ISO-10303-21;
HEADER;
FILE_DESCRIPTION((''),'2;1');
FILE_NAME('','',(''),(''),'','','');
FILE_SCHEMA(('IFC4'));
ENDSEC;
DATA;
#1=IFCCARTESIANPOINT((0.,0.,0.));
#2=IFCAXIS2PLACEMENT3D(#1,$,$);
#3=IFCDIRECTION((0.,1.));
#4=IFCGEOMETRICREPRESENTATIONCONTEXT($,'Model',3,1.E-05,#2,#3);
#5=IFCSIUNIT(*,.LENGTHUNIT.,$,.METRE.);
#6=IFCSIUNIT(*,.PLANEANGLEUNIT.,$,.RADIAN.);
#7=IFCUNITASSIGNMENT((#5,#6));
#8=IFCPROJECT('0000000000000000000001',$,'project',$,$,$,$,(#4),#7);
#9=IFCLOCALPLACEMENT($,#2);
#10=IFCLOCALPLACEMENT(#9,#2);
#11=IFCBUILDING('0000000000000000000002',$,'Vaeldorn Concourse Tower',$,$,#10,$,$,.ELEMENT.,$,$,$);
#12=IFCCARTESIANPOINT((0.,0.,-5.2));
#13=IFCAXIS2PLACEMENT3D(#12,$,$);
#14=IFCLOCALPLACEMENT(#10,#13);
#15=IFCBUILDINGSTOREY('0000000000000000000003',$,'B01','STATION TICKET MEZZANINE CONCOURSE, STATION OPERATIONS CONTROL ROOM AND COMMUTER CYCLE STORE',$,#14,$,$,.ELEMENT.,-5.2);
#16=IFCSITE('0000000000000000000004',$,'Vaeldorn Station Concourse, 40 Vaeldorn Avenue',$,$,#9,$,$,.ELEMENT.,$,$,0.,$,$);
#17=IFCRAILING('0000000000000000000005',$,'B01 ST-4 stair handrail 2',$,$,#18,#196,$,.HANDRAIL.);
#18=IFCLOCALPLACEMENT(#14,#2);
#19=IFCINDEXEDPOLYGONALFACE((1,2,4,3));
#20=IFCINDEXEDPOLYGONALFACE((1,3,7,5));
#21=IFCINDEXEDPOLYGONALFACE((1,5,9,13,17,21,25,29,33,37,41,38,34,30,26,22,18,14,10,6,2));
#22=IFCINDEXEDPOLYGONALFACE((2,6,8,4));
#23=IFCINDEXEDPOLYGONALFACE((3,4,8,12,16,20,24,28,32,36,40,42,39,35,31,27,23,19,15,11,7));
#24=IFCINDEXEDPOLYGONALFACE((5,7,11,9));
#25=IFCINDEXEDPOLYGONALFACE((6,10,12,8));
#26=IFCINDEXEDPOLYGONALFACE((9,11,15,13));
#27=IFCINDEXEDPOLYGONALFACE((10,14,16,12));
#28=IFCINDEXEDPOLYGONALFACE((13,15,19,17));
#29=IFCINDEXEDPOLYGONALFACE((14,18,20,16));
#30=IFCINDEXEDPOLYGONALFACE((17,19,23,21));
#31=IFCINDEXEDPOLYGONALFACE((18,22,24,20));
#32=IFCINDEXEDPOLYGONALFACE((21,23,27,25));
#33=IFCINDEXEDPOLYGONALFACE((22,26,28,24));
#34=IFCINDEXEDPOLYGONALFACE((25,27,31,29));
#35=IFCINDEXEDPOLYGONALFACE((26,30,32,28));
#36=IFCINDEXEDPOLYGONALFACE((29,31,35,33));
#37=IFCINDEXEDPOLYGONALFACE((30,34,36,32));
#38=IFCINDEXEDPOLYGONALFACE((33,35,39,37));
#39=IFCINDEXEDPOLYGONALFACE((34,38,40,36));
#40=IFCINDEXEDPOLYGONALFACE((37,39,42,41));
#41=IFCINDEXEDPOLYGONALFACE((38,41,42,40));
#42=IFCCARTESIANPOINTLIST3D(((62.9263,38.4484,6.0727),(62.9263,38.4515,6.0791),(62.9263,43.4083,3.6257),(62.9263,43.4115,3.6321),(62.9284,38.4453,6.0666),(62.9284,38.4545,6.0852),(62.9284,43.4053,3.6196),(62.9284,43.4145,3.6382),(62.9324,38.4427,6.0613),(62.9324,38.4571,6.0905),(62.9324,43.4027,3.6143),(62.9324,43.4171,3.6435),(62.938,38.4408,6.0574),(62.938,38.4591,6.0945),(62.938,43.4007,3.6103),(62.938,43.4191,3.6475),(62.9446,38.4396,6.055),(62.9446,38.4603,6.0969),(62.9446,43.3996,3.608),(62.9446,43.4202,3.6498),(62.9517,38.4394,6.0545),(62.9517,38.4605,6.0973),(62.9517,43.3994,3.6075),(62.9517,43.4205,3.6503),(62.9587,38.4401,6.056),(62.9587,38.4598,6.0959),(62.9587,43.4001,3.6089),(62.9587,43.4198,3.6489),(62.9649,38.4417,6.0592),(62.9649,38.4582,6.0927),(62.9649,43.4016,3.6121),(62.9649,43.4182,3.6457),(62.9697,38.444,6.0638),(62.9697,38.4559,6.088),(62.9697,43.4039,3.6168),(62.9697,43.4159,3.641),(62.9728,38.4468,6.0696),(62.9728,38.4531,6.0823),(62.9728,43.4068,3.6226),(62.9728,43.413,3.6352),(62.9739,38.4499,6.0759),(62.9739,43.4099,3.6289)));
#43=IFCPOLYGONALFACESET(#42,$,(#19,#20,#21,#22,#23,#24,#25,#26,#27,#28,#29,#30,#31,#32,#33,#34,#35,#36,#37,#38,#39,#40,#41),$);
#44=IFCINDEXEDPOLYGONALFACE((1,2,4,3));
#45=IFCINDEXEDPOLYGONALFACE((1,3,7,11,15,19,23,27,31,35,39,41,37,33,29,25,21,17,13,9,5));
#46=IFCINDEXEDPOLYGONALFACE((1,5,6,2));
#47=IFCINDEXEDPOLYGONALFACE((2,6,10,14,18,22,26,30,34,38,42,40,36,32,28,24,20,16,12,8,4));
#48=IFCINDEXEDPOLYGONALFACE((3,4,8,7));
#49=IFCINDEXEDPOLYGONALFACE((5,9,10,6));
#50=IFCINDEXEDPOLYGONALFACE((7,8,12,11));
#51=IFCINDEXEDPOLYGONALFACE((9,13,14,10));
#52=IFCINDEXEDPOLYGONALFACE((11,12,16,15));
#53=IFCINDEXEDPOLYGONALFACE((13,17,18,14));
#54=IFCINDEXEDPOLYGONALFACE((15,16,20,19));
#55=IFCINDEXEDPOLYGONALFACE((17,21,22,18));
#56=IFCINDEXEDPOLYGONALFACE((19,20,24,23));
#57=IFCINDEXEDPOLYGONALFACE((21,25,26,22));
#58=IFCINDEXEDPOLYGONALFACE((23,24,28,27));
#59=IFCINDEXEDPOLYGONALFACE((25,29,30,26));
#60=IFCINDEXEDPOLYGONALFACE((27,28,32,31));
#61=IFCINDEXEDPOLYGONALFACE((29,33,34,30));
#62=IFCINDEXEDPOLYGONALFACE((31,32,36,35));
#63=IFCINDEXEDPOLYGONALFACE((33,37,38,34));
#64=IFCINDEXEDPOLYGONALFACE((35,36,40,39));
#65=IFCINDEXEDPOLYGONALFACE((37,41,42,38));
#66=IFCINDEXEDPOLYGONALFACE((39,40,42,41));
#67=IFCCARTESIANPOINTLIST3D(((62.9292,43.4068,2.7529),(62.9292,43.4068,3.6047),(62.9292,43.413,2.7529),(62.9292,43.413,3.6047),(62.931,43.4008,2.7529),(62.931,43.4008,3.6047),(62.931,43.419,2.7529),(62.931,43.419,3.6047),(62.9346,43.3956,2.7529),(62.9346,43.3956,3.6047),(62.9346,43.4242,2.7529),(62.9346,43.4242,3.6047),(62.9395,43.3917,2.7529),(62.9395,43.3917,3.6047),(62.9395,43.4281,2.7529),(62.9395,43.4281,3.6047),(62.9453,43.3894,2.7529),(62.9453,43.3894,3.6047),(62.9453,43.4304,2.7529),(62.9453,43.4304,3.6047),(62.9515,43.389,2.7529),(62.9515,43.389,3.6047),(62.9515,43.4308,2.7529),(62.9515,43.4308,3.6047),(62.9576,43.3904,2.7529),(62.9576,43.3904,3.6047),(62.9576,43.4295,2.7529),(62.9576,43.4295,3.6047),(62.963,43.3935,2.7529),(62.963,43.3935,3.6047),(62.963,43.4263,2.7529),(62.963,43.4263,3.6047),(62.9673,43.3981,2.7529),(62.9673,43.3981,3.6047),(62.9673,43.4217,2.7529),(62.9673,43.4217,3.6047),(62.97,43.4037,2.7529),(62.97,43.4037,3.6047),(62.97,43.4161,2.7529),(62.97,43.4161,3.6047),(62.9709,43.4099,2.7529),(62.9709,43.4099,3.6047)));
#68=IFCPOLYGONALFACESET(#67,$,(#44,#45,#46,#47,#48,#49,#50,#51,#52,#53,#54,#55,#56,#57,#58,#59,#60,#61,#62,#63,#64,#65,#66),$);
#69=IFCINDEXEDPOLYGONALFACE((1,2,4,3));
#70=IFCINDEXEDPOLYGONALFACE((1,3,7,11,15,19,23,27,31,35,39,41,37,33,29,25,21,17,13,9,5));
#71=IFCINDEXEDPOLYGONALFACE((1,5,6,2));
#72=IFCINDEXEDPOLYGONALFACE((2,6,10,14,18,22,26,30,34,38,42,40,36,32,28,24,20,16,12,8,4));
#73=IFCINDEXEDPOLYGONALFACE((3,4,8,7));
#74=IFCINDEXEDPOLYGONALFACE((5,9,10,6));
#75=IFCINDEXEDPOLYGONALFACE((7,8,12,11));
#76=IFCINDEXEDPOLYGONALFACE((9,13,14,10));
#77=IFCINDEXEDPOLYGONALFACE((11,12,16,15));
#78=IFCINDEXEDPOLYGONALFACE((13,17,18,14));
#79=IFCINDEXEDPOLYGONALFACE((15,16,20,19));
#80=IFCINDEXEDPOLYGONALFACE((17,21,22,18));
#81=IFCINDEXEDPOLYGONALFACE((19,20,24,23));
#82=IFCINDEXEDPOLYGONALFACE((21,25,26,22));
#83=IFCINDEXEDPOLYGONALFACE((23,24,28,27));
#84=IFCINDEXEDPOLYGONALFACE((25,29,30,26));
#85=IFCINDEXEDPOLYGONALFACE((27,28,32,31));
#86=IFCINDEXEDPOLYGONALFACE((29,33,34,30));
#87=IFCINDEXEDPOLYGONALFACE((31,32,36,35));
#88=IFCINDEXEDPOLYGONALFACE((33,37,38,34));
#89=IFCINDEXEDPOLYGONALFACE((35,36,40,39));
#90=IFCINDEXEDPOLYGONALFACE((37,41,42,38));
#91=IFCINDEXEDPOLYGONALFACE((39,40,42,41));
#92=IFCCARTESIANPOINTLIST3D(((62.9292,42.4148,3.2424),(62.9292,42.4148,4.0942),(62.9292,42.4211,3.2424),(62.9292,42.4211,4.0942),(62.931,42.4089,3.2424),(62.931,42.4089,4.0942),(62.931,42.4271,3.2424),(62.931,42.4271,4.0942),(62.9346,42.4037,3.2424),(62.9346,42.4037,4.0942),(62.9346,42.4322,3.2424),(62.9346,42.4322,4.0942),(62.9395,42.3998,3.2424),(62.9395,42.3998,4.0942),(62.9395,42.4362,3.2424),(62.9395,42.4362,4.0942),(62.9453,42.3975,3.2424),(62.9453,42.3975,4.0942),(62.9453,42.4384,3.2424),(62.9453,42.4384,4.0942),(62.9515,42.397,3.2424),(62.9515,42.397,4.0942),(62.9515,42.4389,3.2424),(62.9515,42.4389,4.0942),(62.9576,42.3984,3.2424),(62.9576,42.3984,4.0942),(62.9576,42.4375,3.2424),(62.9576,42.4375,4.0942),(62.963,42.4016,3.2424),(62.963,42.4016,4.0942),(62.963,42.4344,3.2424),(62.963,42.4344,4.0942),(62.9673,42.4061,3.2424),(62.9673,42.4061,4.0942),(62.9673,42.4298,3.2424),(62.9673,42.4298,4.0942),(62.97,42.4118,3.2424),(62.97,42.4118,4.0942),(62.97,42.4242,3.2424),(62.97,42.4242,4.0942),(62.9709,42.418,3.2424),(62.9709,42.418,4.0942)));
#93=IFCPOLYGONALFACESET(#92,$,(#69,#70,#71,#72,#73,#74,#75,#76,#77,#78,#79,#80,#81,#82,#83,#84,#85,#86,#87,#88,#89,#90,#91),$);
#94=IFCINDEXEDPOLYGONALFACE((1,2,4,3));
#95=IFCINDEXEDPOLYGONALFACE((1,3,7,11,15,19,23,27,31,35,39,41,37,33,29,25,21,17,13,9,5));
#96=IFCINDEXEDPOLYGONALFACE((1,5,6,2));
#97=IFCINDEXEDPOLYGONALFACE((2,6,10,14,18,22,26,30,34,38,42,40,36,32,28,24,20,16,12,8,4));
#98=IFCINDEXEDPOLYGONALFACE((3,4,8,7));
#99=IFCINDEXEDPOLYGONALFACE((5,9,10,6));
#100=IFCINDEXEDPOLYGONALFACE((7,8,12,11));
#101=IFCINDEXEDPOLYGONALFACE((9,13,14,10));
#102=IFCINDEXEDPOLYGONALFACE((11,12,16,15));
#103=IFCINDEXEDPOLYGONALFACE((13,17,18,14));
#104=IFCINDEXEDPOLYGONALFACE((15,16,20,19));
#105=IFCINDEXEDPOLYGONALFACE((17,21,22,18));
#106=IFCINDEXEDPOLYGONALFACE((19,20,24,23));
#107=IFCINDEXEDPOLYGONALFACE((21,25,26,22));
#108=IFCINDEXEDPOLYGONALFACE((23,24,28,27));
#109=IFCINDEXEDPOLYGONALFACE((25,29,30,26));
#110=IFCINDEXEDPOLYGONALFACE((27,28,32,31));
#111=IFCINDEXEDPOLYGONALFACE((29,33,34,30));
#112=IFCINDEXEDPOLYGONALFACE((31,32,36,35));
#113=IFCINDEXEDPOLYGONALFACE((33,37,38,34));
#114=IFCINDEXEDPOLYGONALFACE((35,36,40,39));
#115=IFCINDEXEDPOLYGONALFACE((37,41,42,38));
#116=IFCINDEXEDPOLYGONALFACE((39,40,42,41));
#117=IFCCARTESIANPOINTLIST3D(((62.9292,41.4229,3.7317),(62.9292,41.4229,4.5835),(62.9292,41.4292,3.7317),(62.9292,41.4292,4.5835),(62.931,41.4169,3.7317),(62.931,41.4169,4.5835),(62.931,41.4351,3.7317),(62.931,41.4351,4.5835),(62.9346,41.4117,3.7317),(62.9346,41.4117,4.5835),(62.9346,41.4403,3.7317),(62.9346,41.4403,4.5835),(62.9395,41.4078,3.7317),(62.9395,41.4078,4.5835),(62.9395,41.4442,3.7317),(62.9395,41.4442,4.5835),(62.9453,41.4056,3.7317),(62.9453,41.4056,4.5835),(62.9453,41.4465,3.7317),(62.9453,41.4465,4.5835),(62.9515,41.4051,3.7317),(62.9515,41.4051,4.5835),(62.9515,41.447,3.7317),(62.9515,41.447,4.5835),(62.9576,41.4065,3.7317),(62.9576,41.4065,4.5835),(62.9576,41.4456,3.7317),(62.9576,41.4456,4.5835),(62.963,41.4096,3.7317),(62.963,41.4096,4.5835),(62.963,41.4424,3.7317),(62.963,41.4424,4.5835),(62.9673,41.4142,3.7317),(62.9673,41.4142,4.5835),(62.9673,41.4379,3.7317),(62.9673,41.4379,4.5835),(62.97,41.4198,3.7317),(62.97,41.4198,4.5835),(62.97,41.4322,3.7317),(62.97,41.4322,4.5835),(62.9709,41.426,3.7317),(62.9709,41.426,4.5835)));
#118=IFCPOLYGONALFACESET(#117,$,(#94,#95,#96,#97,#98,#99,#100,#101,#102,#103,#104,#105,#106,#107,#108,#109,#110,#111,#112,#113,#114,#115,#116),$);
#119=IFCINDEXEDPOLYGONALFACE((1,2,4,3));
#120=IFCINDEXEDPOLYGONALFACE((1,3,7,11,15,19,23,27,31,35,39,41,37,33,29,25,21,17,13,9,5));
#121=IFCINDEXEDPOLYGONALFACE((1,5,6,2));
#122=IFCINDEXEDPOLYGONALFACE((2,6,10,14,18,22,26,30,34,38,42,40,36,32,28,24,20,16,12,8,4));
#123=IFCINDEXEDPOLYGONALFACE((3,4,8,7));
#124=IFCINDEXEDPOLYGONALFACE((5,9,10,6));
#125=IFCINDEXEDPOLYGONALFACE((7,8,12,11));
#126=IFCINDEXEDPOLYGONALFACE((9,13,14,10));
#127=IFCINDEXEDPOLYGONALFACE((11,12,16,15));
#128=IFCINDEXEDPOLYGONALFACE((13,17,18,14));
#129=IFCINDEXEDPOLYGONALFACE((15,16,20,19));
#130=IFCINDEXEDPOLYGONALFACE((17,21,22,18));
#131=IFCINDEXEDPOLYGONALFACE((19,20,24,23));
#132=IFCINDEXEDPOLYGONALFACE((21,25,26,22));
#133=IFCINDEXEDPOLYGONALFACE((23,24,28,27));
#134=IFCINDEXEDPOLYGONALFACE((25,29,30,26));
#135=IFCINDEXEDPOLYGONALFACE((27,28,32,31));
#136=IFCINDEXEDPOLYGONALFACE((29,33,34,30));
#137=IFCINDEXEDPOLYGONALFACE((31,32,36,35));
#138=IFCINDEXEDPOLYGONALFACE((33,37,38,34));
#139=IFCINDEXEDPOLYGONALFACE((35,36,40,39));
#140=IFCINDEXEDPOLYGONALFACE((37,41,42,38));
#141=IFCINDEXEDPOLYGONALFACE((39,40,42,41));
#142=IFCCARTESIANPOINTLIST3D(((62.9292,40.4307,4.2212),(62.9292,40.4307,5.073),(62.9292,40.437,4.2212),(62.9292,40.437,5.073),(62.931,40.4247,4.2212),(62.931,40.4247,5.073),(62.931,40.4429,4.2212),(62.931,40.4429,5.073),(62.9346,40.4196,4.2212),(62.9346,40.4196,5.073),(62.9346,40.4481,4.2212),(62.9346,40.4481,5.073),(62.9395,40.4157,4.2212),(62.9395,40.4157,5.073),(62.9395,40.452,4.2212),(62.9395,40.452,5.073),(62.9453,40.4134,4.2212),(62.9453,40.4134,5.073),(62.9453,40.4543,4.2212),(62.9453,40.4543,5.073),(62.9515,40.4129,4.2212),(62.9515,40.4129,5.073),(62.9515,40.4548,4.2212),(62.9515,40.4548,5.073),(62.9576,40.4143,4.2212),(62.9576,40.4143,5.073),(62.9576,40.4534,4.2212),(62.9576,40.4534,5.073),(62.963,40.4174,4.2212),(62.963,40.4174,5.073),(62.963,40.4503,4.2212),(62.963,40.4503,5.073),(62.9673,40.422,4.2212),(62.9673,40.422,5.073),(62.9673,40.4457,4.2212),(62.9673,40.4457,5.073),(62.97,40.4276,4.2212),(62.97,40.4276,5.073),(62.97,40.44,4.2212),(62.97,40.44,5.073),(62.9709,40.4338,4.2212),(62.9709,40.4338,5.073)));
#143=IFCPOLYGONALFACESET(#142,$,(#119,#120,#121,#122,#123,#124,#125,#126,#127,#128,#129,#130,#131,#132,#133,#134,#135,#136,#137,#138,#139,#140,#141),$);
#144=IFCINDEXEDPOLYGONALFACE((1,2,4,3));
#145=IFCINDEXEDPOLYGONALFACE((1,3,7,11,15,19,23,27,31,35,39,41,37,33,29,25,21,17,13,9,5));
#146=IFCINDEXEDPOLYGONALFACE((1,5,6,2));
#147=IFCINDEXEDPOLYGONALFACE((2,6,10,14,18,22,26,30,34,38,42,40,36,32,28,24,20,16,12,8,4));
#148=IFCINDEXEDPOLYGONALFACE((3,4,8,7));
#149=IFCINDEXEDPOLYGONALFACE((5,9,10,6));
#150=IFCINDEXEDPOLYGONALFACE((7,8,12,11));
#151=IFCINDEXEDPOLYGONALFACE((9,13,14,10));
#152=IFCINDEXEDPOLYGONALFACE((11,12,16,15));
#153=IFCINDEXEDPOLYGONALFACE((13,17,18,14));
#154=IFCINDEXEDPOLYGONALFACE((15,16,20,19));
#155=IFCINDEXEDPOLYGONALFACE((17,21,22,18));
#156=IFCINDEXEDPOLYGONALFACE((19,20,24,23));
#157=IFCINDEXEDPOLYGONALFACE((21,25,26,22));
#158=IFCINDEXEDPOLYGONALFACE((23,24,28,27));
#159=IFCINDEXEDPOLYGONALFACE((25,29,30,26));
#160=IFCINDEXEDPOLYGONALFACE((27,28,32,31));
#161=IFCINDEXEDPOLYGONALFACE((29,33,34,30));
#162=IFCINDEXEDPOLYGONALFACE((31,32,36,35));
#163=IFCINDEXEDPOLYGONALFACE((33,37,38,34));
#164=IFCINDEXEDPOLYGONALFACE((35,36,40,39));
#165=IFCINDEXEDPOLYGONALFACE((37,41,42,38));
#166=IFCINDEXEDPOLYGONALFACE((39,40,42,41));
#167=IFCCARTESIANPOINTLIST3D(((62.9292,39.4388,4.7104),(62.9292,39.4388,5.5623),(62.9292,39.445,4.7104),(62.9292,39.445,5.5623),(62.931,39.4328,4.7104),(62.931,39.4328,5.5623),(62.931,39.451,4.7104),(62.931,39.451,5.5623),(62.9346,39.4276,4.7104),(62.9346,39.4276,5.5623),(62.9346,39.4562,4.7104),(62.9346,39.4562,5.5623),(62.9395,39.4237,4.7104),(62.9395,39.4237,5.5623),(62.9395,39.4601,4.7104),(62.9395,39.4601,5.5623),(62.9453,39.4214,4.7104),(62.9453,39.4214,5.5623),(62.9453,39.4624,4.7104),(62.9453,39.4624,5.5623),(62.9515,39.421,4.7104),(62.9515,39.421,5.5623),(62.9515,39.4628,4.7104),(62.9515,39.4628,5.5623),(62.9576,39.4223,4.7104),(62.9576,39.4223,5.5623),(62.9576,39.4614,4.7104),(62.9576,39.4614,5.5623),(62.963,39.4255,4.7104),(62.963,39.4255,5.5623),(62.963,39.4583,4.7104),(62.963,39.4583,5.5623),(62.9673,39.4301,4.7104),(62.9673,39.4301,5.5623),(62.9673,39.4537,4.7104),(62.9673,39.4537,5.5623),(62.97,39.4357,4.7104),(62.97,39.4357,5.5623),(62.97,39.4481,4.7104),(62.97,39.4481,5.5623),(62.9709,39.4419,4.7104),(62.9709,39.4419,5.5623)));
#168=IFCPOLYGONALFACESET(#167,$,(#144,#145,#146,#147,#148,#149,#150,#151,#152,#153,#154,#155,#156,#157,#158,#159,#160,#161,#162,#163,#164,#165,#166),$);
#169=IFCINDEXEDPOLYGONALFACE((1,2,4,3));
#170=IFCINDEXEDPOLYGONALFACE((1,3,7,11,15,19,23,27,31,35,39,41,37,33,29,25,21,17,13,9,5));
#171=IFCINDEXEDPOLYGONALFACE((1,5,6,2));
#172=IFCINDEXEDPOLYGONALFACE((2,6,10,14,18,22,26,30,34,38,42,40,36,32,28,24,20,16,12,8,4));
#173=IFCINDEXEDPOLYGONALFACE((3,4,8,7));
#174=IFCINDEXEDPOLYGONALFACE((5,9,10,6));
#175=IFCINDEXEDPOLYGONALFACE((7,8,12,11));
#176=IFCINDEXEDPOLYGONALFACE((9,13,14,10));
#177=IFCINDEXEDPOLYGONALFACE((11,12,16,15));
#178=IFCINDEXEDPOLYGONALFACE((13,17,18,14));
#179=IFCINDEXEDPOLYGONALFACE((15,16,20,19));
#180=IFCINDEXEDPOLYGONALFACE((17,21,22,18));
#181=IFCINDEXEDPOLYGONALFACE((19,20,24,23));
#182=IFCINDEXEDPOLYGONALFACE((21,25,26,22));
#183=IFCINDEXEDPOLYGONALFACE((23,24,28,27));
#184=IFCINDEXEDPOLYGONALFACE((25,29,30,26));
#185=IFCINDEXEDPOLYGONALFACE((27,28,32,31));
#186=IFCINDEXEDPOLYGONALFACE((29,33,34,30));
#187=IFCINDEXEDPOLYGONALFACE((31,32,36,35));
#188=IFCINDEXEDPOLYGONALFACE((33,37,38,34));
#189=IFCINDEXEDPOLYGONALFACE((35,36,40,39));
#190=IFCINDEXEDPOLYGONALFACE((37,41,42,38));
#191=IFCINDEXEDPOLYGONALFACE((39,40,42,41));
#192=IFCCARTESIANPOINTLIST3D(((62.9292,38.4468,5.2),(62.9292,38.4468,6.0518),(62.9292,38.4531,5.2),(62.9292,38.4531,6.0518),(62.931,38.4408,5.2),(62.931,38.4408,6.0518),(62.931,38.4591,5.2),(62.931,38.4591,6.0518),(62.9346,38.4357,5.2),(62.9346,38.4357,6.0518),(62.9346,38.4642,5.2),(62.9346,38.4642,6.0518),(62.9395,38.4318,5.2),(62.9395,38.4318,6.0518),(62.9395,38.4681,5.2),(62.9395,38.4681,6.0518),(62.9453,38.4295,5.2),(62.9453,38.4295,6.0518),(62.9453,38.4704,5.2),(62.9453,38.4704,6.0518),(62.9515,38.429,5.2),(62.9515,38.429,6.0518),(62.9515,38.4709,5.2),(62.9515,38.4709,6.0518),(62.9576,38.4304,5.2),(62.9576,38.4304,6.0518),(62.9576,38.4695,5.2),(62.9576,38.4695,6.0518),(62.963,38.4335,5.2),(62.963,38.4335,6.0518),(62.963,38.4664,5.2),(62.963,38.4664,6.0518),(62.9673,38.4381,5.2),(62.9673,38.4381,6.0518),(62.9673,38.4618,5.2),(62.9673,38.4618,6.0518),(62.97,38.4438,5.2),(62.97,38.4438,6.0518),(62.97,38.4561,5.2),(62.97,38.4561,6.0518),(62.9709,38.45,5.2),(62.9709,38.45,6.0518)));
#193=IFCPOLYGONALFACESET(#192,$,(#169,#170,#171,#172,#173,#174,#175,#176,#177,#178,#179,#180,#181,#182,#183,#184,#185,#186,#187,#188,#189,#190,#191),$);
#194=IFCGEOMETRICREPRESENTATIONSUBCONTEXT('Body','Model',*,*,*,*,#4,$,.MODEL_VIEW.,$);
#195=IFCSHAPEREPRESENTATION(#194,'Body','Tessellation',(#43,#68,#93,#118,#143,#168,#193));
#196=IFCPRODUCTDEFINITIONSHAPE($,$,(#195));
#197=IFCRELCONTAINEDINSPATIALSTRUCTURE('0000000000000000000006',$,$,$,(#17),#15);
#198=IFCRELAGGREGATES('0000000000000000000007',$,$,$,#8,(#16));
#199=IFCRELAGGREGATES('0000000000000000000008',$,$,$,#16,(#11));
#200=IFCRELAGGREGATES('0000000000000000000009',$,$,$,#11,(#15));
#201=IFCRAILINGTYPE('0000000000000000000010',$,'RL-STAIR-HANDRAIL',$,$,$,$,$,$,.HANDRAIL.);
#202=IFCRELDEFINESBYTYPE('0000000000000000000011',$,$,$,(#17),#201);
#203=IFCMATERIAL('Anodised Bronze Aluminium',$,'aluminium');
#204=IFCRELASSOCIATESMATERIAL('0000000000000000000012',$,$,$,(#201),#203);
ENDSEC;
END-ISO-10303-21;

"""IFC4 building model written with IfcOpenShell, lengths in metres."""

from ifc_helpers import new_model, si_unit, direction, frame, origin, origin_2d, place, context, subcontext, project, spatial, circle, extrude, material, type_object, element, save


model = new_model("IFC4")

# Units and contexts
model_context = context("Model", 3, precision=1e-05, world=origin(), true_north=direction((0.0, 1.0)))
body_context = subcontext(model_context, "Body", "Model", "MODEL_VIEW")
ifc_project = project(units=[si_unit("LENGTHUNIT", "METRE"), si_unit("PLANEANGLEUNIT", "RADIAN")], contexts=[model_context])

# Site, building, storey
site_placement = place(None, origin())
site = spatial("IfcSite", under=ifc_project, at=site_placement, Name="Vaeldorn Station Concourse, 40 Vaeldorn Avenue", CompositionType="ELEMENT", RefElevation=0.0)
building_placement = place(site_placement, origin())
building = spatial("IfcBuilding", under=site, at=building_placement, Name="Vaeldorn Concourse Tower", CompositionType="ELEMENT")
storey_placement = place(building_placement, frame((0.0, 0.0, -5.2)))
storey = spatial("IfcBuildingStorey", under=building, at=storey_placement, Name="B01", Description="STATION TICKET MEZZANINE CONCOURSE, STATION OPERATIONS CONTROL ROOM AND COMMUTER CYCLE STORE", CompositionType="ELEMENT", Elevation=-5.2)

# Railing
ifc_material_1 = material(Name="Anodised Bronze Aluminium", Category="aluminium")
railing_type_1 = type_object("IfcRailingType", Name="RL-STAIR-HANDRAIL", PredefinedType="HANDRAIL", material=ifc_material_1)
railing_1_placement = place(storey_placement, frame((62.95, 43.4099, 2.7529)))
element("IfcRailing", 1, at=railing_1_placement, inside=storey, type_object=railing_type_1, Name="B01 ST-4 stair handrail 2", PredefinedType="HANDRAIL", context=body_context, shape_type="SweptSolid", body=[
    extrude(circle(Radius=0.0239, at=origin_2d()), frame((0.0, 0.0, 0.876), z_axis=(0.0, -0.896798, 0.44244), x_axis=(1.0, 0.0, 0.0)), (0.0, 0.0, 1.0), 5.5308),
    extrude(circle(Radius=0.021, at=origin_2d()), origin(), (0.0, 0.0, 1.0), 0.8518),
    extrude(circle(Radius=0.021, at=origin_2d()), frame((0.0, -0.9919, 0.4895)), (0.0, 0.0, 1.0), 0.8518),
    extrude(circle(Radius=0.021, at=origin_2d()), frame((0.0, -1.9839, 0.9788)), (0.0, 0.0, 1.0), 0.8518),
    extrude(circle(Radius=0.021, at=origin_2d()), frame((0.0, -2.9761, 1.4683)), (0.0, 0.0, 1.0), 0.8518),
    extrude(circle(Radius=0.021, at=origin_2d()), frame((0.0, -3.968, 1.9575)), (0.0, 0.0, 1.0), 0.8518),
    extrude(circle(Radius=0.021, at=origin_2d()), frame((0.0, -4.96, 2.447)), (0.0, 0.0, 1.0), 0.8518),
])

save(model, "model.ifc")
